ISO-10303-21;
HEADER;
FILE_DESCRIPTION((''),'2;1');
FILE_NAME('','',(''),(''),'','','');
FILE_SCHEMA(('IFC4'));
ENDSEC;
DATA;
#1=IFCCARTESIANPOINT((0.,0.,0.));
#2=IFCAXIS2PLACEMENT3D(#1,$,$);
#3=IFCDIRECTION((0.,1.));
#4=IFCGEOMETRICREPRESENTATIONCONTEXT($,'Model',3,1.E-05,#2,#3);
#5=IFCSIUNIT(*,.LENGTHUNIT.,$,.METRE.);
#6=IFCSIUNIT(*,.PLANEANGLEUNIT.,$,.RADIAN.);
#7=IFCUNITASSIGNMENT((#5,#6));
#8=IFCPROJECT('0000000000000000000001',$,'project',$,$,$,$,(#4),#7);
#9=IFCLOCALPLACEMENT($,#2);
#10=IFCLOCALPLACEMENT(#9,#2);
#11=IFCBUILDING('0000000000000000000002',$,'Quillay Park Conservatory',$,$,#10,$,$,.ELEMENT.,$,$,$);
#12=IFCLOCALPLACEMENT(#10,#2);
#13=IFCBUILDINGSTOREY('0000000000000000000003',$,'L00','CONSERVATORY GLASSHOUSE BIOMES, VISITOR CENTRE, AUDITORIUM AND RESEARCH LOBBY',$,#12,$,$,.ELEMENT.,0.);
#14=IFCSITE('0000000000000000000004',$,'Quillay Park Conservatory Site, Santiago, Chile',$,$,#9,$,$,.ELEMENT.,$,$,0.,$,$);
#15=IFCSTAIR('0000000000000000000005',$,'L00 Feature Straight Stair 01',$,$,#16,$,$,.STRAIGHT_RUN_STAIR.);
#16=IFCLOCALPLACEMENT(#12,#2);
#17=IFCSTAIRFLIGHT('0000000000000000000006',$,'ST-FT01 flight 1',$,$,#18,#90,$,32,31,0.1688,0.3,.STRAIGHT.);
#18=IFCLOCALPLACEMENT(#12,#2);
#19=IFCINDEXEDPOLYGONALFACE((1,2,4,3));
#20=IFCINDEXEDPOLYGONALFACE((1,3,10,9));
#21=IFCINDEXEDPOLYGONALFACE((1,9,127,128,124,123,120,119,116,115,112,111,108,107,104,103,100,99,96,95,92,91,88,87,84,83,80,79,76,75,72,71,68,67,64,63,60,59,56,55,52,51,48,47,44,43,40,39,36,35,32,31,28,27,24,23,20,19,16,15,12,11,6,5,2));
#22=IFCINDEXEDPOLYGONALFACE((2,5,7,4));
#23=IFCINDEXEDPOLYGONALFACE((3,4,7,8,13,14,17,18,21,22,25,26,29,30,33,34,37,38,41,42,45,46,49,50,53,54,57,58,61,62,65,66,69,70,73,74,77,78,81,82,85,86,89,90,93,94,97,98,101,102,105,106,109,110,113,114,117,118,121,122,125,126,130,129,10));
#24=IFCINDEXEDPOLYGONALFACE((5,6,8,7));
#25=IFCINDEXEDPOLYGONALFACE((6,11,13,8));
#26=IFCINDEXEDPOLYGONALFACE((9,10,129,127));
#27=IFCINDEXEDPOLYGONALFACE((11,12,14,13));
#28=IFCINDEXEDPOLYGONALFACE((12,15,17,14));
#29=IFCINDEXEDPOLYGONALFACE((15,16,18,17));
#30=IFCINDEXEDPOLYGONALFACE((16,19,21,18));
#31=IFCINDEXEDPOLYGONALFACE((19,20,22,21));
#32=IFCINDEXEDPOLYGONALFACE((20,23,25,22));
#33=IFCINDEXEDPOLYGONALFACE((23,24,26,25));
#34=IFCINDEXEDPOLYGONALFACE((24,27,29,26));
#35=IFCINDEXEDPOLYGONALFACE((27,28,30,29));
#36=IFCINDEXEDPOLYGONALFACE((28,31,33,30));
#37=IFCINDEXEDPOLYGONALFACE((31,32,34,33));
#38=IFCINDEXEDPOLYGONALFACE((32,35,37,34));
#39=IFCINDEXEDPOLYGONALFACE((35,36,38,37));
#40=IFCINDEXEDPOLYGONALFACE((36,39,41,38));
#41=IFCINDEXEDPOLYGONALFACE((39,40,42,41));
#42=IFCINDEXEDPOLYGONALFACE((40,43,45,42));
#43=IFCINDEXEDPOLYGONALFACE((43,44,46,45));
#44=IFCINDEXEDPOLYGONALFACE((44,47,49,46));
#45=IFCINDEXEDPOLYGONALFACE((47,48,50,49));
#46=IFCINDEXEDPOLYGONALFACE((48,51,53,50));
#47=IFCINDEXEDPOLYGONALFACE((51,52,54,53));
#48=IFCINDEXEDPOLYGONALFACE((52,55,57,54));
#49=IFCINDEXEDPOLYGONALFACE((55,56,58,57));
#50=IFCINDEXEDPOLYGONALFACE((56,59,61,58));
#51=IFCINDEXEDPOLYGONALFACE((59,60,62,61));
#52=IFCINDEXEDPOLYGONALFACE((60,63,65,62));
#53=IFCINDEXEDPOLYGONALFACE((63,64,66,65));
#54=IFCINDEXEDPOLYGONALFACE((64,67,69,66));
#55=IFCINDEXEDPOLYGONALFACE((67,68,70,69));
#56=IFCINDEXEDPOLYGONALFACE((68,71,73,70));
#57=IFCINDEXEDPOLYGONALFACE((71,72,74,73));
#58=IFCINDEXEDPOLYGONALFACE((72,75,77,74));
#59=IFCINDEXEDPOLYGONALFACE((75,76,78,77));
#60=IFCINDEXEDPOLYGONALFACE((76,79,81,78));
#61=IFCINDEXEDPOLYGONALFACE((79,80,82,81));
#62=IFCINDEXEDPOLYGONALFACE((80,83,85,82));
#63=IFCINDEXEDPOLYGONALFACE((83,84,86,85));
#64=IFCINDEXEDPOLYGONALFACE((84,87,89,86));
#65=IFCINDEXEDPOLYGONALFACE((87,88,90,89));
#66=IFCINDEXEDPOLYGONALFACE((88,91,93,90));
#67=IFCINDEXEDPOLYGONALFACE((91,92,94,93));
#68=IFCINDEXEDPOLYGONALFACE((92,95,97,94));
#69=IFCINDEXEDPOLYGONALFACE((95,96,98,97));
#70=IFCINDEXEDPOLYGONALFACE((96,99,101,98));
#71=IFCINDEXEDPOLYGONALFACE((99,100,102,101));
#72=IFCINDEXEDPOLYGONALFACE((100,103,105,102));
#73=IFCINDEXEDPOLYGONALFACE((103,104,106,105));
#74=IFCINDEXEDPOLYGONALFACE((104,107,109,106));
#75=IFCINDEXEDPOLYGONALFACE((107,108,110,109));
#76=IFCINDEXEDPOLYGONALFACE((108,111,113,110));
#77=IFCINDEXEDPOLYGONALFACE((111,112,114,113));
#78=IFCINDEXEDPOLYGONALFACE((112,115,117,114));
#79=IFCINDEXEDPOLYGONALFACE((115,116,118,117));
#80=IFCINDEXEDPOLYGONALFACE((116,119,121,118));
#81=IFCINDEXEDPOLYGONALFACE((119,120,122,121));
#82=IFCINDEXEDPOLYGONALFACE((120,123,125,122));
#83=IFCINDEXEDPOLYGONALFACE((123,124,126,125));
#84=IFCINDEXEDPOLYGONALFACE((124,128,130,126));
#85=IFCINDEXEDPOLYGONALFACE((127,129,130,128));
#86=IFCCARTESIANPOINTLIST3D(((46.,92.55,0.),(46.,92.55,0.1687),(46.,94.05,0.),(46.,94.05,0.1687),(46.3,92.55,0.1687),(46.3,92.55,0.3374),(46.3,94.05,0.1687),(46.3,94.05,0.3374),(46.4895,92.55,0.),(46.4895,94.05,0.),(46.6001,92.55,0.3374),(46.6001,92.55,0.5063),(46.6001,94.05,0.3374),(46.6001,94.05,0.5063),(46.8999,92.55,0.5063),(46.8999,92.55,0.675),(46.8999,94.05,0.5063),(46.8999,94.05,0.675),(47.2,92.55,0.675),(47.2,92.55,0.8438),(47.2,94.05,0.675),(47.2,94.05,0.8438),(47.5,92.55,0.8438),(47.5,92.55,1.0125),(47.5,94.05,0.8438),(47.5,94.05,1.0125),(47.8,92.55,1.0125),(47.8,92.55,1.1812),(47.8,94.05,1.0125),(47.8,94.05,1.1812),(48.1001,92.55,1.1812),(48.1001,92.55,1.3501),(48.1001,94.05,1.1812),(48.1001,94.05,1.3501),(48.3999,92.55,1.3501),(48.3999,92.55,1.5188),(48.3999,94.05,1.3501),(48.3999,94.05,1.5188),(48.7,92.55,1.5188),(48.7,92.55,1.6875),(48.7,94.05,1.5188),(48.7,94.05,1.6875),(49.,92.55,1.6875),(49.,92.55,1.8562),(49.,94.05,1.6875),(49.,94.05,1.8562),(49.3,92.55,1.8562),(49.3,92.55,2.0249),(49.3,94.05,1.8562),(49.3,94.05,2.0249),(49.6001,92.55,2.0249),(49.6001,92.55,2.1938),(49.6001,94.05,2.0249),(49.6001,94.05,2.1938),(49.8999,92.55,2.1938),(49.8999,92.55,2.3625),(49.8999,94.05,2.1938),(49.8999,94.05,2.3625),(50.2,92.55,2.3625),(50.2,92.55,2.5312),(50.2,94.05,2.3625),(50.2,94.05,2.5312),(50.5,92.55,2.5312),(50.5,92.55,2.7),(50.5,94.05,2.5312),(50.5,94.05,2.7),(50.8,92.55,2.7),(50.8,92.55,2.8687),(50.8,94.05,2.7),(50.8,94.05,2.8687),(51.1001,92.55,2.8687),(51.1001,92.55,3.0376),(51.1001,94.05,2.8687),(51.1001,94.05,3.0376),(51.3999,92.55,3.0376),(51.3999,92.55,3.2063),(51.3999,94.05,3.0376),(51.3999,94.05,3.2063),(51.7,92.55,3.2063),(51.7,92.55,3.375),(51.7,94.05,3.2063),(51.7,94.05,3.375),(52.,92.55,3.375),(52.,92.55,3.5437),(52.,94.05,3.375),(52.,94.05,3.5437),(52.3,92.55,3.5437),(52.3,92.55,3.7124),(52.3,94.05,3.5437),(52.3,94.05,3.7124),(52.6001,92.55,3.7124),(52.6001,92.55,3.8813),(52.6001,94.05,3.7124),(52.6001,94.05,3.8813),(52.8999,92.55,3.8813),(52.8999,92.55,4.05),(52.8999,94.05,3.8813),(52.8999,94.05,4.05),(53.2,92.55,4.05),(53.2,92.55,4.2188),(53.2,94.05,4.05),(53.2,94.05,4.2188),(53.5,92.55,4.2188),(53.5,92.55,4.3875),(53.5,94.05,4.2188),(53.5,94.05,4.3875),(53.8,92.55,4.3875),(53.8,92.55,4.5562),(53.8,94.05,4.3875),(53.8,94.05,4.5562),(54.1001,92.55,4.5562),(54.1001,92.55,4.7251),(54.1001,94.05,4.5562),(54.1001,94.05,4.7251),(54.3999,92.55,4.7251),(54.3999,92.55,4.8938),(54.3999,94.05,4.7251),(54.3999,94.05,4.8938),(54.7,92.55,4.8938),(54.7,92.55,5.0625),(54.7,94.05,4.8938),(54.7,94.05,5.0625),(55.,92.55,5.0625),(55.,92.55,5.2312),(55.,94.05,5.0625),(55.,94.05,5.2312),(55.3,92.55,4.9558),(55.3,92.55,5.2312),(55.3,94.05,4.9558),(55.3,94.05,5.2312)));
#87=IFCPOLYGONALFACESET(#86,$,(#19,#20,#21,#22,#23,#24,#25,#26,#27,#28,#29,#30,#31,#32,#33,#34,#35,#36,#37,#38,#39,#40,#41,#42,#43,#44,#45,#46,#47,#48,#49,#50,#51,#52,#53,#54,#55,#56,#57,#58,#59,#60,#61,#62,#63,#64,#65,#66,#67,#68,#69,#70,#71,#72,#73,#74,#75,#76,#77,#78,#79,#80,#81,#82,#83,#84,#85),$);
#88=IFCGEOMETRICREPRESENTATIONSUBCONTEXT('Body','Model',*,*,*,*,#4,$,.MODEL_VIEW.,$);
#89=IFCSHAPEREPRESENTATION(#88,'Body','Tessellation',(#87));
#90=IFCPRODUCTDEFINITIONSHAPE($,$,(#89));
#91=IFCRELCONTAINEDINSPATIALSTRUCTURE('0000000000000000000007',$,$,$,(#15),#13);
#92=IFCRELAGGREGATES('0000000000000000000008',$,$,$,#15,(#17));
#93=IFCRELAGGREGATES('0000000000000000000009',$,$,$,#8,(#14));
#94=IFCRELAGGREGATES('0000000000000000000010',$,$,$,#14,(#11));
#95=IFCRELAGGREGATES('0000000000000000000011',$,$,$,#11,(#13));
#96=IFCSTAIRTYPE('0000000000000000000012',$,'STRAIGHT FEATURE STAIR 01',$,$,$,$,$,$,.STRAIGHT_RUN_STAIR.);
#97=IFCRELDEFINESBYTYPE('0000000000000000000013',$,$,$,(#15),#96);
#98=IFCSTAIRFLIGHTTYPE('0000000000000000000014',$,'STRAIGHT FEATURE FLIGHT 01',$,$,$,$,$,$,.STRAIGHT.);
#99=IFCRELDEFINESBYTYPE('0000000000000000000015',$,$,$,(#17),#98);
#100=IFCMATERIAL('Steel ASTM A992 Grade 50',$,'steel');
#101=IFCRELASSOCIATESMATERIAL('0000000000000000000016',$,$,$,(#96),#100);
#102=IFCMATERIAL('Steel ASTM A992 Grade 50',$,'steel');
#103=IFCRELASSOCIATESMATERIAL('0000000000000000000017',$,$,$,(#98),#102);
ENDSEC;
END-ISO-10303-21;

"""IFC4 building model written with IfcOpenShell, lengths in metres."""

from ifc_helpers import new_model, si_unit, direction, frame, origin, place, context, subcontext, project, spatial, polyline, outline, extrude, material, type_object, element, aggregate, save


model = new_model("IFC4")

# Units and contexts
model_context = context("Model", 3, precision=1e-05, world=origin(), true_north=direction((0.0, 1.0)))
body_context = subcontext(model_context, "Body", "Model", "MODEL_VIEW")
ifc_project = project(units=[si_unit("LENGTHUNIT", "METRE"), si_unit("PLANEANGLEUNIT", "RADIAN")], contexts=[model_context])

# Site, building, storey
site_placement = place(None, origin())
site = spatial("IfcSite", under=ifc_project, at=site_placement, Name="Quillay Park Conservatory Site, Santiago, Chile", CompositionType="ELEMENT", RefElevation=0.0)
building_placement = place(site_placement, origin())
building = spatial("IfcBuilding", under=site, at=building_placement, Name="Quillay Park Conservatory", CompositionType="ELEMENT")
storey_placement = place(building_placement, origin())
storey = spatial("IfcBuildingStorey", under=building, at=storey_placement, Name="L00", Description="CONSERVATORY GLASSHOUSE BIOMES, VISITOR CENTRE, AUDITORIUM AND RESEARCH LOBBY", CompositionType="ELEMENT", Elevation=0.0)

# Stair, stair flight
ifc_material_1 = material(Name="Steel ASTM A992 Grade 50", Category="steel")
stair_type = type_object("IfcStairType", Name="STRAIGHT FEATURE STAIR 01", PredefinedType="STRAIGHT_RUN_STAIR", material=ifc_material_1)
stair_placement = place(storey_placement, origin())
stair = element("IfcStair", 1, at=stair_placement, inside=storey, type_object=stair_type, Name="L00 Feature Straight Stair 01", PredefinedType="STRAIGHT_RUN_STAIR")
ifc_material_2 = material(Name="Steel ASTM A992 Grade 50", Category="steel")
stair_flight_type = type_object("IfcStairFlightType", Name="STRAIGHT FEATURE FLIGHT 01", PredefinedType="STRAIGHT", material=ifc_material_2)
stair_flight_placement = place(storey_placement, frame((46.0, 93.3, 0.0), z_axis=(0.0, 0.0, 1.0), x_axis=(1.0, 0.0, 0.0)))
stair_flight = element("IfcStairFlight", 2, at=stair_flight_placement, type_object=stair_flight_type, Name="ST-FT01 flight 1", NumberOfRisers=32, NumberOfTreads=31, PredefinedType="STRAIGHT", RiserHeight=0.1688, TreadLength=0.3, context=body_context, shape_type="SweptSolid", body=[
    extrude(outline(polyline([(0.0, 0.0), (0.0, 0.1687), (0.3, 0.1687), (0.3, 0.3374), (0.6001, 0.3374), (0.6001, 0.5063), (0.8999, 0.5063), (0.8999, 0.675), (1.2, 0.675), (1.2, 0.8438), (1.5, 0.8438), (1.5, 1.0125), (1.8, 1.0125), (1.8, 1.1812), (2.1001, 1.1812), (2.1001, 1.3501), (2.3999, 1.3501), (2.3999, 1.5188), (2.7, 1.5188), (2.7, 1.6875), (3.0, 1.6875), (3.0, 1.8562), (3.3, 1.8562), (3.3, 2.0249), (3.6001, 2.0249), (3.6001, 2.1938), (3.8999, 2.1938), (3.8999, 2.3625), (4.2, 2.3625), (4.2, 2.5312), (4.5, 2.5312), (4.5, 2.7), (4.8, 2.7), (4.8, 2.8687), (5.1001, 2.8687), (5.1001, 3.0376), (5.3999, 3.0376), (5.3999, 3.2063), (5.7, 3.2063), (5.7, 3.375), (6.0, 3.375), (6.0, 3.5437), (6.3, 3.5437), (6.3, 3.7124), (6.6001, 3.7124), (6.6001, 3.8813), (6.8999, 3.8813), (6.8999, 4.05), (7.2, 4.05), (7.2, 4.2188), (7.5, 4.2188), (7.5, 4.3875), (7.8, 4.3875), (7.8, 4.5562), (8.1001, 4.5562), (8.1001, 4.7251), (8.3999, 4.7251), (8.3999, 4.8938), (8.7, 4.8938), (8.7, 5.0625), (9.0, 5.0625), (9.0, 5.2312), (9.3, 5.2312), (9.3, 5.3999), (9.3, 4.9558), (0.4895, 0.0), (0.0, 0.0)])), frame((0.0, 0.75, 0.0), z_axis=(0.0, -1.0, 0.0), x_axis=(1.0, 0.0, 0.0)), (0.0, 0.0, 1.0), 1.5),
])
aggregate(stair, [stair_flight])

save(model, "model.ifc")
